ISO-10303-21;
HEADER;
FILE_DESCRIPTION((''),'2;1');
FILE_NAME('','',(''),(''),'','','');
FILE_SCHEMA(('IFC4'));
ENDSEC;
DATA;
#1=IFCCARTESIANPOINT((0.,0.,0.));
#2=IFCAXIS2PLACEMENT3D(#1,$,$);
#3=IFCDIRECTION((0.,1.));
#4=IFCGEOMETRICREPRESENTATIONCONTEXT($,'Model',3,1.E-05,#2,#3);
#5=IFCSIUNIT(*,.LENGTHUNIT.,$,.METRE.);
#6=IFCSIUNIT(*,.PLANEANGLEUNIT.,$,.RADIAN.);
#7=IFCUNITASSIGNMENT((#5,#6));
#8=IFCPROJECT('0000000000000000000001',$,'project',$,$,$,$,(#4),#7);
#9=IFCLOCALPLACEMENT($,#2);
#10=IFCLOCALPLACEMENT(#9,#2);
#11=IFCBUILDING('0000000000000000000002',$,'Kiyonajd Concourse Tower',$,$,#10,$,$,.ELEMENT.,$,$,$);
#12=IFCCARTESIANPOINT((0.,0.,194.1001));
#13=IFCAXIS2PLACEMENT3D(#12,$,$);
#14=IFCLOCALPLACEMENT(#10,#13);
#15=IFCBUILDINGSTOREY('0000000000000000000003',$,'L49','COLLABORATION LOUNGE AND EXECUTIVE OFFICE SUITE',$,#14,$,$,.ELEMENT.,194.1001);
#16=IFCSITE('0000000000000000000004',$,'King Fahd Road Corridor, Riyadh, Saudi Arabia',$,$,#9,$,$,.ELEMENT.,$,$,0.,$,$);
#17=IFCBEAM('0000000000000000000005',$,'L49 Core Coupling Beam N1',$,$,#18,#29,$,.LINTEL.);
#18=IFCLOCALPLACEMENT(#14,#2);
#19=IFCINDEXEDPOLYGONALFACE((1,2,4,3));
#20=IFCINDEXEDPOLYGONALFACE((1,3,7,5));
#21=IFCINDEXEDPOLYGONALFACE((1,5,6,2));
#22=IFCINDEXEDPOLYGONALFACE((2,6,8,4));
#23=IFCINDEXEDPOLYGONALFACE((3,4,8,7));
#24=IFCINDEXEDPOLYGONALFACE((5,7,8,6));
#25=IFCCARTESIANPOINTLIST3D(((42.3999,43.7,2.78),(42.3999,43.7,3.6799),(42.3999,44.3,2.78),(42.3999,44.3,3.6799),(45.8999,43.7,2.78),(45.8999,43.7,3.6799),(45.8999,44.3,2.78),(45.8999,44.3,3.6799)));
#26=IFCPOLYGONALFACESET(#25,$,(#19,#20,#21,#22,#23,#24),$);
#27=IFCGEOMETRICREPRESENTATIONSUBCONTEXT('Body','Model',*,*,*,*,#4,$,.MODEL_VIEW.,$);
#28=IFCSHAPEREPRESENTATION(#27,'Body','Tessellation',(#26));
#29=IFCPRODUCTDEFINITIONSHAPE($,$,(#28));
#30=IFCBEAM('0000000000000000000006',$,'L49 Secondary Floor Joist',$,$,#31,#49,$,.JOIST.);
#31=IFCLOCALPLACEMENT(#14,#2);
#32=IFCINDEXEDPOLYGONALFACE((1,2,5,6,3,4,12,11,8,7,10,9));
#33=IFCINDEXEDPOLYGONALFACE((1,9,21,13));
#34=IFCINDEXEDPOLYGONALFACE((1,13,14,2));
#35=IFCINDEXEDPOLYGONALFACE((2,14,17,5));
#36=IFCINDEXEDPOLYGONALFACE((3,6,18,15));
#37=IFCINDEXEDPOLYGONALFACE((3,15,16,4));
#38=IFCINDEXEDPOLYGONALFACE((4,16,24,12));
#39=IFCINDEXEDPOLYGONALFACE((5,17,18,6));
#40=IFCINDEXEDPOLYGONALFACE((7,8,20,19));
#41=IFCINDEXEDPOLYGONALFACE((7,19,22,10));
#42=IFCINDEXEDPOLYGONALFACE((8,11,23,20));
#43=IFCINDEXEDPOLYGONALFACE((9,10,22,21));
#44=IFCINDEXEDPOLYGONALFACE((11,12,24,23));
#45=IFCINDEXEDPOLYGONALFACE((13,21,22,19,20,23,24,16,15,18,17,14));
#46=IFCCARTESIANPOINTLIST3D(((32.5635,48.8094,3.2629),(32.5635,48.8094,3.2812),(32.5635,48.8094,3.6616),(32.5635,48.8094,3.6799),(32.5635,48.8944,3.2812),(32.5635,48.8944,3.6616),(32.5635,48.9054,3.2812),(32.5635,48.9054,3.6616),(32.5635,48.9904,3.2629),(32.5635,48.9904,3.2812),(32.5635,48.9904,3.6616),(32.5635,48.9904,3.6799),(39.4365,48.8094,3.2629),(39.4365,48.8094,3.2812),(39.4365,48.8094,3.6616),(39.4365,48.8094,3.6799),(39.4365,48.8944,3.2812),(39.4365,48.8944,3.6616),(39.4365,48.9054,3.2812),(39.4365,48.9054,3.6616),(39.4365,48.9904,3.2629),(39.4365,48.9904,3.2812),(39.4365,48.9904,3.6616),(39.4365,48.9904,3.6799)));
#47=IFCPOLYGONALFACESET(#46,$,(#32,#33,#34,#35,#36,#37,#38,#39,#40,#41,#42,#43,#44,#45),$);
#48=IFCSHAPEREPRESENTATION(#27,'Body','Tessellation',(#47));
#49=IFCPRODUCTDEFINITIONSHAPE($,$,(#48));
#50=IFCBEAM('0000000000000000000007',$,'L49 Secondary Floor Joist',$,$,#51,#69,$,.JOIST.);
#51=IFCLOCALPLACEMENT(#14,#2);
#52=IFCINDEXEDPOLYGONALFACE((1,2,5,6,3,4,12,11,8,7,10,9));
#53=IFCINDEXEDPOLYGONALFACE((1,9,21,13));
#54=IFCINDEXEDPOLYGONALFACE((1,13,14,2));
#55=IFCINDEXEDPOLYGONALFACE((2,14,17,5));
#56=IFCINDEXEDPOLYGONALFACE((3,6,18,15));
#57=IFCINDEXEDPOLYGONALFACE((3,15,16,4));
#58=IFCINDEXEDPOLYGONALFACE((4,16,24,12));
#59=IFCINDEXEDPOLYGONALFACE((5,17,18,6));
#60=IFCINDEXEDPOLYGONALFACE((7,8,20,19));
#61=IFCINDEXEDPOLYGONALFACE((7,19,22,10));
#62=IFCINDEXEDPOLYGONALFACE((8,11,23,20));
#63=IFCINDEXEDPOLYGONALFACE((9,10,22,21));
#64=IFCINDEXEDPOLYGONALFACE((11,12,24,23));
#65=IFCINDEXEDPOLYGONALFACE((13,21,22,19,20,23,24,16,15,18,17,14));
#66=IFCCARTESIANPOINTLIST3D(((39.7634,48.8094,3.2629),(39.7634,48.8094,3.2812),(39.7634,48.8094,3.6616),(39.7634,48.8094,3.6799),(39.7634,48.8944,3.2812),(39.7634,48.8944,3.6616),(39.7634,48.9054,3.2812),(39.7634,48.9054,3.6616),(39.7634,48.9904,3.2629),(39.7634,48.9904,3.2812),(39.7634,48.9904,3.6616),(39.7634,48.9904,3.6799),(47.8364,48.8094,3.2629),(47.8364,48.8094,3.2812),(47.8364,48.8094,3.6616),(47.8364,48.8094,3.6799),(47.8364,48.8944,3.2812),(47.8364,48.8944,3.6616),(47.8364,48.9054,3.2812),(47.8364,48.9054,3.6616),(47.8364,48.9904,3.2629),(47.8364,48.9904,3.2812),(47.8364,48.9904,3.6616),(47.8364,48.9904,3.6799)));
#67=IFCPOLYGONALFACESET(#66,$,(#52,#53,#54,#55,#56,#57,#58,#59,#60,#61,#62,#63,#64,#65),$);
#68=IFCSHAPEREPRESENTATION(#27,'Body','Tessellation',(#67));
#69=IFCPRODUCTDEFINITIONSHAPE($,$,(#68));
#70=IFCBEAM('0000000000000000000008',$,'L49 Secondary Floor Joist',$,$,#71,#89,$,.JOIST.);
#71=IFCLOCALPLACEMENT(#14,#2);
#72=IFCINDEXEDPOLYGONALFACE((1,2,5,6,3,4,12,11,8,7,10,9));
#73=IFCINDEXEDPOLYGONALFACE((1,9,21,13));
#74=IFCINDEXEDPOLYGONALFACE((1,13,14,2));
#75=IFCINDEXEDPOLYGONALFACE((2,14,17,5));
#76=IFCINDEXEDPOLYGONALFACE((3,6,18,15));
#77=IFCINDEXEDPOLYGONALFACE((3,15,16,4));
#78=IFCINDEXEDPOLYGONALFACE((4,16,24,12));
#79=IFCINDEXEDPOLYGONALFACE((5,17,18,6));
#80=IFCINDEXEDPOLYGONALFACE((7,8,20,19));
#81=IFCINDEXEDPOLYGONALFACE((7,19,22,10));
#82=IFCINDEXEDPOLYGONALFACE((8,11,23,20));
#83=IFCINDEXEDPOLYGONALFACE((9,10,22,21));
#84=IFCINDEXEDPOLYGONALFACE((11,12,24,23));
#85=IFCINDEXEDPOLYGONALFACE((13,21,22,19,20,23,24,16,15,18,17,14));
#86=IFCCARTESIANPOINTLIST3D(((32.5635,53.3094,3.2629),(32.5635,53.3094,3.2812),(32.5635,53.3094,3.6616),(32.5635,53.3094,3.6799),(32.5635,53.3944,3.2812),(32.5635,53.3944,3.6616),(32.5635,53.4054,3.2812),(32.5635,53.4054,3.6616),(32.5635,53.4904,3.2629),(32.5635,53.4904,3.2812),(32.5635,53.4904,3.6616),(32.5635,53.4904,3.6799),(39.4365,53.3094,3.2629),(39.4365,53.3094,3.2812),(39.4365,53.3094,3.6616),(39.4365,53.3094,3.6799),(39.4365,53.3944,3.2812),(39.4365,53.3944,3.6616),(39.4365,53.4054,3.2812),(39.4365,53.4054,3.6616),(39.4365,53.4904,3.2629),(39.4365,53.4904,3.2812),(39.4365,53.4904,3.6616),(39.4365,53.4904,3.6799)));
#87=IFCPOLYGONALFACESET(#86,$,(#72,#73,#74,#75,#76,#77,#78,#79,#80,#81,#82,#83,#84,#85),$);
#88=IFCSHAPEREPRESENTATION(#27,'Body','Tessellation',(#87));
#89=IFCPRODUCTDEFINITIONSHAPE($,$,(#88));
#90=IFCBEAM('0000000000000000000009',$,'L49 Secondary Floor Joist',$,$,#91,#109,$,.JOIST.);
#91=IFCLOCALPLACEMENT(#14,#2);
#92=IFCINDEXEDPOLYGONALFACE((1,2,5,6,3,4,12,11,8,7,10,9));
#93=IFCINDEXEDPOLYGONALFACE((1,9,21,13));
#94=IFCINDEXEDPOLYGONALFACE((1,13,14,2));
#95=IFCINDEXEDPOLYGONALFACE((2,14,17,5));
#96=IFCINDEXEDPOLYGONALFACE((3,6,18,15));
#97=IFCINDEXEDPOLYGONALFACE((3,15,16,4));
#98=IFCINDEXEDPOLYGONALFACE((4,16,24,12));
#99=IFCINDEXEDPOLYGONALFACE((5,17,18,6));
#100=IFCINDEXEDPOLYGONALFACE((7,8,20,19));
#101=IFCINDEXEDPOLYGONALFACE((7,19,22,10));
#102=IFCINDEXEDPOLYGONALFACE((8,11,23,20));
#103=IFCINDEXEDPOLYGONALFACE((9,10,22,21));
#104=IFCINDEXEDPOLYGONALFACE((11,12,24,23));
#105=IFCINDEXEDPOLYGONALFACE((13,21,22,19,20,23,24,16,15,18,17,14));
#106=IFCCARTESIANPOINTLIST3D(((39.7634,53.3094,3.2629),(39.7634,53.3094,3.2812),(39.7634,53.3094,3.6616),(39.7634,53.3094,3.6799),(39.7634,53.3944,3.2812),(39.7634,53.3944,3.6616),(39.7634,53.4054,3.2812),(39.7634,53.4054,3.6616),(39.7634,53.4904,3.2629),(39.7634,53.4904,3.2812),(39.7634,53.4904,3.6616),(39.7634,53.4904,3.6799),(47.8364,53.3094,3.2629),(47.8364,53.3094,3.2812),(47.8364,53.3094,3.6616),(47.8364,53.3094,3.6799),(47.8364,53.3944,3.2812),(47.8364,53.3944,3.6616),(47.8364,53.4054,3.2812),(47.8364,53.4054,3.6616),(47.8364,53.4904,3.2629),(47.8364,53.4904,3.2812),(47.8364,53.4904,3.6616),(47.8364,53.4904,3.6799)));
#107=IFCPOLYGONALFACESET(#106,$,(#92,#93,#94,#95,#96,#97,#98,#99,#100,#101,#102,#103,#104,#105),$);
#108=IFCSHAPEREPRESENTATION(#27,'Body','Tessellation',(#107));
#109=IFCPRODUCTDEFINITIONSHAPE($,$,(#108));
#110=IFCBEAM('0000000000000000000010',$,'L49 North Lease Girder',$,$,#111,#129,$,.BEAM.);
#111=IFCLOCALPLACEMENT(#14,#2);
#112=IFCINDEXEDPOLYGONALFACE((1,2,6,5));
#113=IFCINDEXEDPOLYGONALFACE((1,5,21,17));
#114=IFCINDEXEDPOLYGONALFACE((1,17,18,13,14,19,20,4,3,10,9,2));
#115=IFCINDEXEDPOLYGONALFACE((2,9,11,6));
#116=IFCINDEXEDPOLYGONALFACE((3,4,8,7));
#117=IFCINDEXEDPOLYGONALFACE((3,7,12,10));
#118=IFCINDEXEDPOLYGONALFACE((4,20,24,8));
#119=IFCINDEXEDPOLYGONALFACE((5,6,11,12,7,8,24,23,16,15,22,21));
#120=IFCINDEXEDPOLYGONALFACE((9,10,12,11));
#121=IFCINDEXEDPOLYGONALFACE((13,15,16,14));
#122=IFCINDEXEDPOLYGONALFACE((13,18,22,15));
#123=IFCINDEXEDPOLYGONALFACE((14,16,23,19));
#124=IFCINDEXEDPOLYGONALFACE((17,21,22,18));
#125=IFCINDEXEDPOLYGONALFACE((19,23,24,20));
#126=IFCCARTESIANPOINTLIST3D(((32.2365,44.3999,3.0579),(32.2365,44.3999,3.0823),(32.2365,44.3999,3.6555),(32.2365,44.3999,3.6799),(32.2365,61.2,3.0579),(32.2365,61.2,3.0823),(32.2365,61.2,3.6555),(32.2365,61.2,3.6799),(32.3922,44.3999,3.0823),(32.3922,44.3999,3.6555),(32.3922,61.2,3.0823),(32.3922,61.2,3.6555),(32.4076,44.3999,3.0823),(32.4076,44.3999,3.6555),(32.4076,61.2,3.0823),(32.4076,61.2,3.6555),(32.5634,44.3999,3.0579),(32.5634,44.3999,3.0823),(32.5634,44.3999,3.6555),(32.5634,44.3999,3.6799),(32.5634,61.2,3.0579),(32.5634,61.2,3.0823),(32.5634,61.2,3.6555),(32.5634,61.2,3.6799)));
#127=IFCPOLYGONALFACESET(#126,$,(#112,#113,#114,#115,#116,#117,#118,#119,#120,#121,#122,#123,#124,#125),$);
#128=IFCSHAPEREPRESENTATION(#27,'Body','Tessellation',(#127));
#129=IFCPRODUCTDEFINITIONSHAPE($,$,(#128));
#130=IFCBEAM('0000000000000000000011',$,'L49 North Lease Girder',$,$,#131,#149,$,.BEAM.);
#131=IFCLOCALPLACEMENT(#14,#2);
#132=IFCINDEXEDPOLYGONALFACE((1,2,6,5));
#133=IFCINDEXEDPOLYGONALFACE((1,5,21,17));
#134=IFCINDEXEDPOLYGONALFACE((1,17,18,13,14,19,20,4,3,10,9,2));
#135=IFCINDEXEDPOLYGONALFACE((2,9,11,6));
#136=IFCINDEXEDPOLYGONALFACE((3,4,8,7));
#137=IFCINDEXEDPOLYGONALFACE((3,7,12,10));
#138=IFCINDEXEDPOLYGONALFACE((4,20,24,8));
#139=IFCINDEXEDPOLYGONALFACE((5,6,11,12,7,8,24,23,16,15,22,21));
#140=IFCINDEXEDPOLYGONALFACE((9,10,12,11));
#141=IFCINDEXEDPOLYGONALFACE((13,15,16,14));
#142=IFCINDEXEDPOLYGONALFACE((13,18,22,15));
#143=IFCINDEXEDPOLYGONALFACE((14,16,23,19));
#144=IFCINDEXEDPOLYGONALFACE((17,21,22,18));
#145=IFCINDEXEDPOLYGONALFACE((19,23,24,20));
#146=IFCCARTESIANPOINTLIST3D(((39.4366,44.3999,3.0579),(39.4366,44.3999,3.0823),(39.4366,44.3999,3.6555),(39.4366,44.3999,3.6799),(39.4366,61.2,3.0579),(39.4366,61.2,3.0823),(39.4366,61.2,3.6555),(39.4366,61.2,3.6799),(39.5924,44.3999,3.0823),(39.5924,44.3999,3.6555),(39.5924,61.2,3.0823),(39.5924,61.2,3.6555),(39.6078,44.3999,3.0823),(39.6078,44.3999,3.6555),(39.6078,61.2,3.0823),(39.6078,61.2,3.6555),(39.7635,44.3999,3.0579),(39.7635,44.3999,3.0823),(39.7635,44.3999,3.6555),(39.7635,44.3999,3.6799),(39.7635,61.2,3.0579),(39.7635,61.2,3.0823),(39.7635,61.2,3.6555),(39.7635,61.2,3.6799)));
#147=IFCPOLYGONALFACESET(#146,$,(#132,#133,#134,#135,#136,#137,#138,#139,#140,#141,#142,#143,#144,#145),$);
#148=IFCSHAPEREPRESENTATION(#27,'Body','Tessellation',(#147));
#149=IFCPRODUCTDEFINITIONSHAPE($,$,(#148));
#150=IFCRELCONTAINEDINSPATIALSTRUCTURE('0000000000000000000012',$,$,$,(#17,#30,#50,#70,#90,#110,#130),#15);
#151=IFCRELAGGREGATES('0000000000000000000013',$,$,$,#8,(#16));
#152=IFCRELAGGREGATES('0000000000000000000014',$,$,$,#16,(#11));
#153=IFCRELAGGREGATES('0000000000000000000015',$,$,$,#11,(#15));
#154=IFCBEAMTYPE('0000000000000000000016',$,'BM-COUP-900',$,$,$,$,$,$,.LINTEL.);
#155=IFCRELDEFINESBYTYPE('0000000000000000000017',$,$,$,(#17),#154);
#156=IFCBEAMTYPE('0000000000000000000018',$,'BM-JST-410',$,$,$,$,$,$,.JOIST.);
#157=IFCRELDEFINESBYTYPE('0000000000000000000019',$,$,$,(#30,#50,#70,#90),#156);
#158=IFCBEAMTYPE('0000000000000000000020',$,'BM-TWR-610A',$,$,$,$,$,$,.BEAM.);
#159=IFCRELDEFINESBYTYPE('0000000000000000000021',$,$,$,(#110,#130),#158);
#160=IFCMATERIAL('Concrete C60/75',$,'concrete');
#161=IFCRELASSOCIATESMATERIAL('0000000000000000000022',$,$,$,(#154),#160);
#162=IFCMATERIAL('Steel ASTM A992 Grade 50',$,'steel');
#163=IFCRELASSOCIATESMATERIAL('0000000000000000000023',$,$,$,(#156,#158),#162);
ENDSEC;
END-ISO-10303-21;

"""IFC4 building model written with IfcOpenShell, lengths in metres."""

from ifc_helpers import new_model, si_unit, direction, frame, origin, origin_2d, place, context, subcontext, project, spatial, rectangle, i_section, extrude, material, material_profile, profile_set, type_object, element, save


model = new_model("IFC4")

# Units and contexts
model_context = context("Model", 3, precision=1e-05, world=origin(), true_north=direction((0.0, 1.0)))
body_context = subcontext(model_context, "Body", "Model", "MODEL_VIEW")
ifc_project = project(units=[si_unit("LENGTHUNIT", "METRE"), si_unit("PLANEANGLEUNIT", "RADIAN")], contexts=[model_context])

# Site, building, storey
site_placement = place(None, origin())
site = spatial("IfcSite", under=ifc_project, at=site_placement, Name="King Fahd Road Corridor, Riyadh, Saudi Arabia", CompositionType="ELEMENT", RefElevation=0.0)
building_placement = place(site_placement, origin())
building = spatial("IfcBuilding", under=site, at=building_placement, Name="Kiyonajd Concourse Tower", CompositionType="ELEMENT")
storey_placement = place(building_placement, frame((0.0, 0.0, 194.1001)))
storey = spatial("IfcBuildingStorey", under=building, at=storey_placement, Name="L49", Description="COLLABORATION LOUNGE AND EXECUTIVE OFFICE SUITE", CompositionType="ELEMENT", Elevation=194.1001)

# Beams
ifc_material_1 = material(Name="Concrete C60/75", Category="concrete")
ifc_material_profile_1 = material_profile(ifc_material_1, rectangle(XDim=0.6001, YDim=0.8999, at=origin_2d()), Name="RCBM-600x900")
ifc_profile_set_1 = profile_set([ifc_material_profile_1], Name="Concrete C60/75")
beam_type_1 = type_object("IfcBeamType", Name="BM-COUP-900", PredefinedType="LINTEL", material=ifc_profile_set_1)
beam_1_placement = place(storey_placement, frame((42.3999, 44.0, 3.23), z_axis=(1.0, 0.0, 0.0), x_axis=(0.0, 1.0, 0.0)))
element("IfcBeam", 1, at=beam_1_placement, inside=storey, type_object=beam_type_1, Name="L49 Core Coupling Beam N1", PredefinedType="LINTEL", context=body_context, shape_type="SweptSolid", body=[
    extrude(rectangle(XDim=0.6001, YDim=0.8999, at=origin_2d()), origin(), (0.0, 0.0, 1.0), 3.5),
])
ifc_material_2 = material(Name="Steel ASTM A992 Grade 50", Category="steel")
ifc_material_profile_2 = material_profile(ifc_material_2, i_section(OverallWidth=0.1809, OverallDepth=0.417, WebThickness=0.011, FlangeThickness=0.0183, at=origin_2d()), Name="W410X85")
ifc_profile_set_2 = profile_set([ifc_material_profile_2], Name="Steel ASTM A992 Grade 50")
beam_type_2 = type_object("IfcBeamType", Name="BM-JST-410", PredefinedType="JOIST", material=ifc_profile_set_2)
beam_2_placement = place(storey_placement, frame((32.5635, 48.8999, 3.4714), z_axis=(1.0, 0.0, 0.0), x_axis=(0.0, 1.0, 0.0)))
element("IfcBeam", 2, at=beam_2_placement, inside=storey, type_object=beam_type_2, Name="L49 Secondary Floor Joist", PredefinedType="JOIST", context=body_context, shape_type="SweptSolid", body=[
    extrude(i_section(OverallWidth=0.1809, OverallDepth=0.417, WebThickness=0.011, FlangeThickness=0.0183, at=origin_2d()), origin(), (0.0, 0.0, 1.0), 6.873),
])
beam_3_placement = place(storey_placement, frame((39.7634, 48.8999, 3.4714), z_axis=(1.0, 0.0, 0.0), x_axis=(0.0, 1.0, 0.0)))
element("IfcBeam", 3, at=beam_3_placement, inside=storey, type_object=beam_type_2, Name="L49 Secondary Floor Joist", PredefinedType="JOIST", context=body_context, shape_type="SweptSolid", body=[
    extrude(i_section(OverallWidth=0.1809, OverallDepth=0.417, WebThickness=0.011, FlangeThickness=0.0183, at=origin_2d()), origin(), (0.0, 0.0, 1.0), 8.073),
])
beam_4_placement = place(storey_placement, frame((32.5635, 53.3999, 3.4714), z_axis=(1.0, 0.0, 0.0), x_axis=(0.0, 1.0, 0.0)))
element("IfcBeam", 4, at=beam_4_placement, inside=storey, type_object=beam_type_2, Name="L49 Secondary Floor Joist", PredefinedType="JOIST", context=body_context, shape_type="SweptSolid", body=[
    extrude(i_section(OverallWidth=0.1809, OverallDepth=0.417, WebThickness=0.011, FlangeThickness=0.0183, at=origin_2d()), origin(), (0.0, 0.0, 1.0), 6.873),
])
beam_5_placement = place(storey_placement, frame((39.7634, 53.3999, 3.4714), z_axis=(1.0, 0.0, 0.0), x_axis=(0.0, 1.0, 0.0)))
element("IfcBeam", 5, at=beam_5_placement, inside=storey, type_object=beam_type_2, Name="L49 Secondary Floor Joist", PredefinedType="JOIST", context=body_context, shape_type="SweptSolid", body=[
    extrude(i_section(OverallWidth=0.1809, OverallDepth=0.417, WebThickness=0.011, FlangeThickness=0.0183, at=origin_2d()), origin(), (0.0, 0.0, 1.0), 8.073),
])
ifc_material_profile_3 = material_profile(ifc_material_2, i_section(OverallWidth=0.3269, OverallDepth=0.6221, WebThickness=0.0154, FlangeThickness=0.0244, at=origin_2d()), Name="W610X195")
ifc_profile_set_3 = profile_set([ifc_material_profile_3], Name="Steel ASTM A992 Grade 50")
beam_type_3 = type_object("IfcBeamType", Name="BM-TWR-610A", PredefinedType="BEAM", material=ifc_profile_set_3)
for number, where, z_axis, x_axis, name in (
    (6, (32.3999, 44.3999, 3.3689), (0.0, 1.0, 0.0), (-1.0, 0.0, 0.0), "L49 North Lease Girder"),
    (7, (39.6001, 44.3999, 3.3689), (0.0, 1.0, 0.0), (-1.0, 0.0, 0.0), "L49 North Lease Girder"),
):
    element("IfcBeam", number, at=place(storey_placement, frame(where, z_axis=z_axis, x_axis=x_axis)), inside=storey, type_object=beam_type_3, Name=name, PredefinedType="BEAM", context=body_context, shape_type="SweptSolid", body=[
        extrude(i_section(OverallWidth=0.3269, OverallDepth=0.6221, WebThickness=0.0154, FlangeThickness=0.0244, at=origin_2d()), origin(), (0.0, 0.0, 1.0), 16.8),
    ])

save(model, "model.ifc")
